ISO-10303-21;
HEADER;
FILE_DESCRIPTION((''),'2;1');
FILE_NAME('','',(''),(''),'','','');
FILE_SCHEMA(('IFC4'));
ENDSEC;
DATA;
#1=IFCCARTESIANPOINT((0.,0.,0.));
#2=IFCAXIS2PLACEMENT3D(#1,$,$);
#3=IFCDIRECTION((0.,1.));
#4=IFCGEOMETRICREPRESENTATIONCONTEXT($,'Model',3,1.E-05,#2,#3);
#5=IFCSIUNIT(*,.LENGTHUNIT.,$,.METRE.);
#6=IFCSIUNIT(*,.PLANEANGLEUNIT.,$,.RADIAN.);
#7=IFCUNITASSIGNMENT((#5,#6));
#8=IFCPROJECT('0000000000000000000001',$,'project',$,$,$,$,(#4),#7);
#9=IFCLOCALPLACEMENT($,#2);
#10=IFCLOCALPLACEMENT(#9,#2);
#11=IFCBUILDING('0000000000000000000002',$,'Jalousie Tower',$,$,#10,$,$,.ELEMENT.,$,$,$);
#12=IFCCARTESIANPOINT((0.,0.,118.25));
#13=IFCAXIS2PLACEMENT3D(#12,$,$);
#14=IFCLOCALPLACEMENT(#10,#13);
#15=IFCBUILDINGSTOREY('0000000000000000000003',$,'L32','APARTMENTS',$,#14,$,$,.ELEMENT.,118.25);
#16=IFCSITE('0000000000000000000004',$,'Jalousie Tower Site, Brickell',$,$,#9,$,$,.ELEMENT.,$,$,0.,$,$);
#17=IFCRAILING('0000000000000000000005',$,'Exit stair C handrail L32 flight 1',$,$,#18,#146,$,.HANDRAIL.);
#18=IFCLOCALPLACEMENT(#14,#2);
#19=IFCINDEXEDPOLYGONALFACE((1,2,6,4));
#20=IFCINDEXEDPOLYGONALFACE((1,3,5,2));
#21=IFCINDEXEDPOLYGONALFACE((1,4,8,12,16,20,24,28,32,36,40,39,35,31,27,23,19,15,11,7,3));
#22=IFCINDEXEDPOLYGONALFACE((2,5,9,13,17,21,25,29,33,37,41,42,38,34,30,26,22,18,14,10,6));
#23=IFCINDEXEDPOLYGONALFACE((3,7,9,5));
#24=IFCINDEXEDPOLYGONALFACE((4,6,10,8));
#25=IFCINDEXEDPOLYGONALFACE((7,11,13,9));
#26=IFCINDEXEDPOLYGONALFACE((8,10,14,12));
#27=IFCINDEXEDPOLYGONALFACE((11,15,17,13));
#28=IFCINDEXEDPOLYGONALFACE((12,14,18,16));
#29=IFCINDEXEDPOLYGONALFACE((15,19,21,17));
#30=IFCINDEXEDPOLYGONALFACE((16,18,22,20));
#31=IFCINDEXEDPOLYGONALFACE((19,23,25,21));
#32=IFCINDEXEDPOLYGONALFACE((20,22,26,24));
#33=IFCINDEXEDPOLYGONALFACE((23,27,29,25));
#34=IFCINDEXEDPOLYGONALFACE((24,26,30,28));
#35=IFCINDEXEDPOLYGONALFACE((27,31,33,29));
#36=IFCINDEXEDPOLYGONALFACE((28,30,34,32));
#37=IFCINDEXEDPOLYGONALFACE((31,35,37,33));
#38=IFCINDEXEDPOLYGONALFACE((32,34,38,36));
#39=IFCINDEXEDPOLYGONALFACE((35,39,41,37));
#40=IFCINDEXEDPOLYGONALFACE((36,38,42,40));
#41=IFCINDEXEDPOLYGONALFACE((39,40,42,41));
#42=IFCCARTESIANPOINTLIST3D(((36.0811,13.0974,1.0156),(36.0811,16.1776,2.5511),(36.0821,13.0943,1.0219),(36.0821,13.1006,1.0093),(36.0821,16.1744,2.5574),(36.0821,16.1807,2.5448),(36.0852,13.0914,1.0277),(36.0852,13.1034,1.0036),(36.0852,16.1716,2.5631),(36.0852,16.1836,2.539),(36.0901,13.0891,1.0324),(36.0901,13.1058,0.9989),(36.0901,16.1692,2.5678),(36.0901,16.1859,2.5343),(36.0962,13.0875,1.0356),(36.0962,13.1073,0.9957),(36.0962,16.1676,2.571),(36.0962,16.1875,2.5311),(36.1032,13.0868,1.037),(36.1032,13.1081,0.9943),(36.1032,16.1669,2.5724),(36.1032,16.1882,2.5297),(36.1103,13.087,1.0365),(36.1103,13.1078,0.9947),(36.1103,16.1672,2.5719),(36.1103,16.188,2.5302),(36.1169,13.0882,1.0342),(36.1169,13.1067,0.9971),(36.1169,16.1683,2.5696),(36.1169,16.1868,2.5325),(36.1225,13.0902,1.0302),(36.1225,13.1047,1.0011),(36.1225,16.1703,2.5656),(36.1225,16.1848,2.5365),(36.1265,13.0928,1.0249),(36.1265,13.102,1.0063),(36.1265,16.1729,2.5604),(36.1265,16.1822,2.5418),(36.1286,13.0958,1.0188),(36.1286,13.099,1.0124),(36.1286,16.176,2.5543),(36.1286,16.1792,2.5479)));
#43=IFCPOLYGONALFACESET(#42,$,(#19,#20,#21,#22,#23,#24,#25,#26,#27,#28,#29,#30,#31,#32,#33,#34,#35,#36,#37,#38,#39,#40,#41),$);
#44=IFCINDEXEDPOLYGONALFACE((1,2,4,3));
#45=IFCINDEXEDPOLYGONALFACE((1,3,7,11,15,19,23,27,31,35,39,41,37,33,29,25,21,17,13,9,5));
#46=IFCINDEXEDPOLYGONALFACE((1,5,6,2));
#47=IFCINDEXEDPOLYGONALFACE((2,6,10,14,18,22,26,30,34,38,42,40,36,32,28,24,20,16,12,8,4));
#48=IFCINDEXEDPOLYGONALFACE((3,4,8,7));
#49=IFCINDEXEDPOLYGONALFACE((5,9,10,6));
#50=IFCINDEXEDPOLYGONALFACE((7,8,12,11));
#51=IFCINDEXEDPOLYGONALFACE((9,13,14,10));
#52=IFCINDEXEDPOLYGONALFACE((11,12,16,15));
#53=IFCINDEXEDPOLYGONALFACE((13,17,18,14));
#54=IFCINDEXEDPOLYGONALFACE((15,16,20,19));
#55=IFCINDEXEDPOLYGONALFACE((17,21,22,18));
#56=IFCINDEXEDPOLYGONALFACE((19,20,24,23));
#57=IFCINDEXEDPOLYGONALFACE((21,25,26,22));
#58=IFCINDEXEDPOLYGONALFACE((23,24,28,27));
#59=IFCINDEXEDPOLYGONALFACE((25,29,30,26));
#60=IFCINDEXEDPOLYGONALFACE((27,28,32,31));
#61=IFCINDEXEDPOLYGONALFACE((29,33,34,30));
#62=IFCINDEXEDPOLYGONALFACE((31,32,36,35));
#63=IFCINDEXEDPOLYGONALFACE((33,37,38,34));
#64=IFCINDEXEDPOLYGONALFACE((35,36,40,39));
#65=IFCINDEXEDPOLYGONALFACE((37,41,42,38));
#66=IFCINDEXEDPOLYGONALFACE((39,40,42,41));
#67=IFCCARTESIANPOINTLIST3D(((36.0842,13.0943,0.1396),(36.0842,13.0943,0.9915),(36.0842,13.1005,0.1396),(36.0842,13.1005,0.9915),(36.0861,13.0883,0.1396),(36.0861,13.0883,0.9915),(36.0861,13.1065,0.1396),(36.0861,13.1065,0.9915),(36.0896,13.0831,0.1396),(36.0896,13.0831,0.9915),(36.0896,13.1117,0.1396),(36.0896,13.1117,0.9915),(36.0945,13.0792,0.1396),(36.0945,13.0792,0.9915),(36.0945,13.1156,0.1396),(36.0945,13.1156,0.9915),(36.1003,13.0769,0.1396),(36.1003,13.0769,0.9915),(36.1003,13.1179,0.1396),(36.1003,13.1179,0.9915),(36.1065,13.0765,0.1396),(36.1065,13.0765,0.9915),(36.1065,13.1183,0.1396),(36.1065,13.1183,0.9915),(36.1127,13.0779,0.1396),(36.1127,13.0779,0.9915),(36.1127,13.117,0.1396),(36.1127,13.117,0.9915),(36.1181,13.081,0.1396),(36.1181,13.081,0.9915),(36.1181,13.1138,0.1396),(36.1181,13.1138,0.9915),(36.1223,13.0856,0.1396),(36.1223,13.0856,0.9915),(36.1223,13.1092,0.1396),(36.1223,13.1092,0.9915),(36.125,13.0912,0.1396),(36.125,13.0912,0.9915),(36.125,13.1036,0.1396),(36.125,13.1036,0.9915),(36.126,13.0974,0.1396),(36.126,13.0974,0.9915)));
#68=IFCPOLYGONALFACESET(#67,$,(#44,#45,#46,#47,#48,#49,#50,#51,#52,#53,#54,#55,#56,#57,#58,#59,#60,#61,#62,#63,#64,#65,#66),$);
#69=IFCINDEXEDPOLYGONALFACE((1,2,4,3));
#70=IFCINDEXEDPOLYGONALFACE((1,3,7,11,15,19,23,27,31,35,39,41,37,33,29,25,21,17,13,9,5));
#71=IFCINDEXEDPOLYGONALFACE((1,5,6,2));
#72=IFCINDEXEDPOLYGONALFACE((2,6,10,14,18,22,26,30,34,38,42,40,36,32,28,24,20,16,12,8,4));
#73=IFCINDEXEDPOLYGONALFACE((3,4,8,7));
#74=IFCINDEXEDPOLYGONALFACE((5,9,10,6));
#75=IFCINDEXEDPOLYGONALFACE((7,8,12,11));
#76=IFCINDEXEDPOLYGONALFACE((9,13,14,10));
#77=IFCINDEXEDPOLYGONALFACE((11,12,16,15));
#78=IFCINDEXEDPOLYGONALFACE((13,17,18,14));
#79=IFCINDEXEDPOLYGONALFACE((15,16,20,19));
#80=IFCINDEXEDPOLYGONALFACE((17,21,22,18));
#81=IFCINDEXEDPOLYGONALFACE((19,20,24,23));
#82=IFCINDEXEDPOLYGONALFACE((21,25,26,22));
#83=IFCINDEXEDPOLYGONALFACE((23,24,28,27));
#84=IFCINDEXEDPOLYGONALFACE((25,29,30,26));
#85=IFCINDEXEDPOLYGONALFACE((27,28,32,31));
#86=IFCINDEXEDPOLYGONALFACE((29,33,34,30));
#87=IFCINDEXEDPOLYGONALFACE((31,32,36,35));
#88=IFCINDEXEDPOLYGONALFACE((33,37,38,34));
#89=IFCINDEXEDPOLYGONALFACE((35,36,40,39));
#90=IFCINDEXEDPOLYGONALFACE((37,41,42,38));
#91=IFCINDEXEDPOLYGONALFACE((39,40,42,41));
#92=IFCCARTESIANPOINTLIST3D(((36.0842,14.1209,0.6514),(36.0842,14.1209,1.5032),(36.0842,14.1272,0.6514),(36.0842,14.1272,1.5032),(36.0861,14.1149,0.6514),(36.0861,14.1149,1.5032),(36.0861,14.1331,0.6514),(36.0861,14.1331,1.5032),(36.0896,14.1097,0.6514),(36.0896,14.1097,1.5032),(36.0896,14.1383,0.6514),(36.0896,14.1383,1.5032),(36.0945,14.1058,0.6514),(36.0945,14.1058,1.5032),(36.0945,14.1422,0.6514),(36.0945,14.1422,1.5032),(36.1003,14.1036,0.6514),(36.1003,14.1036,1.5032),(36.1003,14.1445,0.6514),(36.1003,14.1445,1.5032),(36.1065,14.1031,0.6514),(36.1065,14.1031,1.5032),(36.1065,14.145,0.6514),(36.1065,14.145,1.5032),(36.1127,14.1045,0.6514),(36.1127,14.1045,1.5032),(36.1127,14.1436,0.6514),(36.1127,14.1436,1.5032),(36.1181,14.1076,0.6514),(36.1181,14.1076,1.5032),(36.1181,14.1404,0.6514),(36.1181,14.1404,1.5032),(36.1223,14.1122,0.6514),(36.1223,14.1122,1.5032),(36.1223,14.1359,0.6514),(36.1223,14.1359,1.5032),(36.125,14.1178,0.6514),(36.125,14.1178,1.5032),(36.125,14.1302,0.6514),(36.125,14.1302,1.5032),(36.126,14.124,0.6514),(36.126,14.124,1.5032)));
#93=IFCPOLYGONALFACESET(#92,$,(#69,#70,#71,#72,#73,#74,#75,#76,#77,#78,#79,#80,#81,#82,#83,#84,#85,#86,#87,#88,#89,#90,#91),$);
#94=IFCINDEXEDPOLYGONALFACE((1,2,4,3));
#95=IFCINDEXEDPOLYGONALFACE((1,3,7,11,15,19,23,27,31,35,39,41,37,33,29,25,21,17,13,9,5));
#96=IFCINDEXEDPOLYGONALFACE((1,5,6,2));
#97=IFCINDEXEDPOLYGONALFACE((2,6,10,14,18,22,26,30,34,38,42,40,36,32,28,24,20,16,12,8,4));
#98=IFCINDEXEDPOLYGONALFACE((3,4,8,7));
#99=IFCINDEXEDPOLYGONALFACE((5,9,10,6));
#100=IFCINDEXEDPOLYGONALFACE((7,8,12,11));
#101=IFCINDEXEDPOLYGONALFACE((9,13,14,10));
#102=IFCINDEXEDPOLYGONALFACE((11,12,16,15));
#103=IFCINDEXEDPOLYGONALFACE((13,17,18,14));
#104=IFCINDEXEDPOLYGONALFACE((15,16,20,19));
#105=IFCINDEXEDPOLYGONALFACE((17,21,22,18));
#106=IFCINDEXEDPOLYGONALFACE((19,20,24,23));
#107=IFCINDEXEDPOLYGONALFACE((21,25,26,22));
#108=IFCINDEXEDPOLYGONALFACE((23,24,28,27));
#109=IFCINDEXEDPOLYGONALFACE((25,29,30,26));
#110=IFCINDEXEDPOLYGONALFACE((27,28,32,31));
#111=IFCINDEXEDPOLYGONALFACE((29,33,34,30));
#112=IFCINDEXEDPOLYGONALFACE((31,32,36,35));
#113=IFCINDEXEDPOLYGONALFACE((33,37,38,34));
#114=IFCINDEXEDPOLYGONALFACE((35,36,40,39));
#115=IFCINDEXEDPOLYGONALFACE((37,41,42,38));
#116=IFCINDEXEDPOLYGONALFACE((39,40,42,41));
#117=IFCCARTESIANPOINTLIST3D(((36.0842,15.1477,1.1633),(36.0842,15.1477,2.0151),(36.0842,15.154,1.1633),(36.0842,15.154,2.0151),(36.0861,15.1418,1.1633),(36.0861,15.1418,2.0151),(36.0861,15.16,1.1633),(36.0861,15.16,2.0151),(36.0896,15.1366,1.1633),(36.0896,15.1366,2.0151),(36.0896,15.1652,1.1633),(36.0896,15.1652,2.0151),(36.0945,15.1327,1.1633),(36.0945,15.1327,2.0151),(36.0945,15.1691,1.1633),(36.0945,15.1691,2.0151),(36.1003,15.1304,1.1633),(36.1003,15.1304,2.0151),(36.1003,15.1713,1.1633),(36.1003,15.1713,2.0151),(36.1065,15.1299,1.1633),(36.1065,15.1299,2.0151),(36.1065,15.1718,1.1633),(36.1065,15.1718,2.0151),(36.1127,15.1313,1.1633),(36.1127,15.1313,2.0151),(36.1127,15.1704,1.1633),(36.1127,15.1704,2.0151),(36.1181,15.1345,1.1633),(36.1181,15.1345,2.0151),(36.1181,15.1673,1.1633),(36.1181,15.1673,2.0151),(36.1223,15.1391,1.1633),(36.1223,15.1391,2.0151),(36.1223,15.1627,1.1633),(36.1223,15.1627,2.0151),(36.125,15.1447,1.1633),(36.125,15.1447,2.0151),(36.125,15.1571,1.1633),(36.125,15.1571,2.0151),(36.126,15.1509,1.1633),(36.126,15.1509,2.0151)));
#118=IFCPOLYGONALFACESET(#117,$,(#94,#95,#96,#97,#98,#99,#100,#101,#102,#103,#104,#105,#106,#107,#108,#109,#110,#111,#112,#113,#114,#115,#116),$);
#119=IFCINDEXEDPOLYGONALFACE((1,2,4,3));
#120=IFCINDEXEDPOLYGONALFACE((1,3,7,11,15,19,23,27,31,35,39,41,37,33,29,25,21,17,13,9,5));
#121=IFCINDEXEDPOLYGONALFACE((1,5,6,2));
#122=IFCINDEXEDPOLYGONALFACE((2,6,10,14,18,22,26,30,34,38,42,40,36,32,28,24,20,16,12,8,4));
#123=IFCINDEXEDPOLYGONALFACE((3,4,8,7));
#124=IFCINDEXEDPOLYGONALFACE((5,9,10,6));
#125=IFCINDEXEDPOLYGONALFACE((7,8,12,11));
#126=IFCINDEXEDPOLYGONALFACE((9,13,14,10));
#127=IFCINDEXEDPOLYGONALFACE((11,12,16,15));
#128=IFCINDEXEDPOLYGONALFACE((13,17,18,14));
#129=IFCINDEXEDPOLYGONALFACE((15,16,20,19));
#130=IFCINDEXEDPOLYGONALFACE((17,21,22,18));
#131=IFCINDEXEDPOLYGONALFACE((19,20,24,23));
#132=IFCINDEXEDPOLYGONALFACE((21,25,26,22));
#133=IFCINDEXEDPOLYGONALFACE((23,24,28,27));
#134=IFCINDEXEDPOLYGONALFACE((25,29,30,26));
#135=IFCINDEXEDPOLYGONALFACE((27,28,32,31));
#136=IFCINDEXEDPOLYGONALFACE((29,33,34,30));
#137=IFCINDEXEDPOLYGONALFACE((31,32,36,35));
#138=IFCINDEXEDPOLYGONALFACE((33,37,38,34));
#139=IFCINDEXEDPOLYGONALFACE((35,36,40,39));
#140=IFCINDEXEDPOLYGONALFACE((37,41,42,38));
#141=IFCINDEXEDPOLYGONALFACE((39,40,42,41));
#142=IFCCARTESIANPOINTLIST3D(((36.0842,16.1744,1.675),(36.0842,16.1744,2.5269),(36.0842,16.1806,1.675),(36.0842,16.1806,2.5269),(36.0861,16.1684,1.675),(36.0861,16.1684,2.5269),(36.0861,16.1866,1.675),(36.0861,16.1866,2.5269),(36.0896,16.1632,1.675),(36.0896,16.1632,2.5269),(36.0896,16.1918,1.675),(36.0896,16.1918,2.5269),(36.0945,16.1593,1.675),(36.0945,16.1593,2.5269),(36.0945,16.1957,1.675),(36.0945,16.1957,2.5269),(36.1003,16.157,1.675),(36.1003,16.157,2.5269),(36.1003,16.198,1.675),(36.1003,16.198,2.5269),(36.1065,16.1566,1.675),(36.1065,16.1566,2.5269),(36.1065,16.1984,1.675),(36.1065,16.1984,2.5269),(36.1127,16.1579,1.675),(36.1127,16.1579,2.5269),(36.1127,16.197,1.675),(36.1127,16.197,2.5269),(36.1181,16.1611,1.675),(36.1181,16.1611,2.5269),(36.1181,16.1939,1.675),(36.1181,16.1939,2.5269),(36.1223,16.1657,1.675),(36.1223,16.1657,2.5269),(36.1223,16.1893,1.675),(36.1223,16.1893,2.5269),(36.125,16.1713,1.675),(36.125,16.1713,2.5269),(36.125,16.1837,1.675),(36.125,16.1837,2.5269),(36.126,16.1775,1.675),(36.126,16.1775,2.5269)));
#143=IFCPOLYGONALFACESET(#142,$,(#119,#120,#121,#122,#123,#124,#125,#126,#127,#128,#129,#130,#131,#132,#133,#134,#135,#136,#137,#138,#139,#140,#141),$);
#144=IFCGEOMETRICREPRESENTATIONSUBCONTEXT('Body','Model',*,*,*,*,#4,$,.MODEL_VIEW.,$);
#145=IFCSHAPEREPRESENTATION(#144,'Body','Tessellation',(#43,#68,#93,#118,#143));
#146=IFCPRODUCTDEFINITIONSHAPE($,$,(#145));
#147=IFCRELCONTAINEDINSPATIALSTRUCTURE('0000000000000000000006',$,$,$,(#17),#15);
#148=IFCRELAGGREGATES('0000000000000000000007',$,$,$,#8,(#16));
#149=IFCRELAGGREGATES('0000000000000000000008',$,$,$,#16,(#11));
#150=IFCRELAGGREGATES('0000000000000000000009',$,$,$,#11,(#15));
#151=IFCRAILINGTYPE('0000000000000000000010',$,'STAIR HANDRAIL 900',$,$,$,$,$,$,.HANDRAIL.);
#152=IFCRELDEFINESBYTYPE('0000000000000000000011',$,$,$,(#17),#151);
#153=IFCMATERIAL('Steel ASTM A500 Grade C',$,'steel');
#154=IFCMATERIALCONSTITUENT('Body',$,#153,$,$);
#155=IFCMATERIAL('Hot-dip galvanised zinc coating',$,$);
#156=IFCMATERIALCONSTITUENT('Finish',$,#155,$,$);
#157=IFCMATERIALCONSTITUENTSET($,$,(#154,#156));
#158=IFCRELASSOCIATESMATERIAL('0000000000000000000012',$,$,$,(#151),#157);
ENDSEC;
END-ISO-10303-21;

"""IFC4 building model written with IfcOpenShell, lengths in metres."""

from ifc_helpers import new_model, si_unit, direction, frame, origin, origin_2d, place, context, subcontext, project, spatial, circle, extrude, material, constituent, constituent_set, type_object, element, save


model = new_model("IFC4")

# Units and contexts
model_context = context("Model", 3, precision=1e-05, world=origin(), true_north=direction((0.0, 1.0)))
body_context = subcontext(model_context, "Body", "Model", "MODEL_VIEW")
ifc_project = project(units=[si_unit("LENGTHUNIT", "METRE"), si_unit("PLANEANGLEUNIT", "RADIAN")], contexts=[model_context])

# Site, building, storey
site_placement = place(None, origin())
site = spatial("IfcSite", under=ifc_project, at=site_placement, Name="Jalousie Tower Site, Brickell", CompositionType="ELEMENT", RefElevation=0.0)
building_placement = place(site_placement, origin())
building = spatial("IfcBuilding", under=site, at=building_placement, Name="Jalousie Tower", CompositionType="ELEMENT")
storey_placement = place(building_placement, frame((0.0, 0.0, 118.25)))
storey = spatial("IfcBuildingStorey", under=building, at=storey_placement, Name="L32", Description="APARTMENTS", CompositionType="ELEMENT", Elevation=118.25)

# Railing
ifc_material_1 = material(Name="Steel ASTM A500 Grade C", Category="steel")
ifc_constituent_1 = constituent(ifc_material_1, Name="Body")
ifc_material_2 = material(Name="Hot-dip galvanised zinc coating")
ifc_constituent_2 = constituent(ifc_material_2, Name="Finish")
ifc_constituent_set_1 = constituent_set(constituents=[ifc_constituent_1, ifc_constituent_2])
railing_type_1 = type_object("IfcRailingType", Name="STAIR HANDRAIL 900", PredefinedType="HANDRAIL", material=ifc_constituent_set_1)
railing_1_placement = place(storey_placement, frame((36.105, 13.0974, 0.1396)))
element("IfcRailing", 1, at=railing_1_placement, inside=storey, type_object=railing_type_1, Name="Exit stair C handrail L32 flight 1", PredefinedType="HANDRAIL", context=body_context, shape_type="SweptSolid", body=[
    extrude(circle(Radius=0.0239, at=origin_2d()), frame((0.0, 0.0, 0.876), z_axis=(0.0, 0.894966, 0.446135), x_axis=(-1.0, 0.0, 0.0)), (0.0, 0.0, 1.0), 3.4417),
    extrude(circle(Radius=0.021, at=origin_2d()), origin(), (0.0, 0.0, 1.0), 0.8518),
    extrude(circle(Radius=0.021, at=origin_2d()), frame((0.0, 1.0266, 0.5117)), (0.0, 0.0, 1.0), 0.8518),
    extrude(circle(Radius=0.021, at=origin_2d()), frame((0.0, 2.0535, 1.0237)), (0.0, 0.0, 1.0), 0.8518),
    extrude(circle(Radius=0.021, at=origin_2d()), frame((0.0, 3.0801, 1.5354)), (0.0, 0.0, 1.0), 0.8518),
])

save(model, "model.ifc")
